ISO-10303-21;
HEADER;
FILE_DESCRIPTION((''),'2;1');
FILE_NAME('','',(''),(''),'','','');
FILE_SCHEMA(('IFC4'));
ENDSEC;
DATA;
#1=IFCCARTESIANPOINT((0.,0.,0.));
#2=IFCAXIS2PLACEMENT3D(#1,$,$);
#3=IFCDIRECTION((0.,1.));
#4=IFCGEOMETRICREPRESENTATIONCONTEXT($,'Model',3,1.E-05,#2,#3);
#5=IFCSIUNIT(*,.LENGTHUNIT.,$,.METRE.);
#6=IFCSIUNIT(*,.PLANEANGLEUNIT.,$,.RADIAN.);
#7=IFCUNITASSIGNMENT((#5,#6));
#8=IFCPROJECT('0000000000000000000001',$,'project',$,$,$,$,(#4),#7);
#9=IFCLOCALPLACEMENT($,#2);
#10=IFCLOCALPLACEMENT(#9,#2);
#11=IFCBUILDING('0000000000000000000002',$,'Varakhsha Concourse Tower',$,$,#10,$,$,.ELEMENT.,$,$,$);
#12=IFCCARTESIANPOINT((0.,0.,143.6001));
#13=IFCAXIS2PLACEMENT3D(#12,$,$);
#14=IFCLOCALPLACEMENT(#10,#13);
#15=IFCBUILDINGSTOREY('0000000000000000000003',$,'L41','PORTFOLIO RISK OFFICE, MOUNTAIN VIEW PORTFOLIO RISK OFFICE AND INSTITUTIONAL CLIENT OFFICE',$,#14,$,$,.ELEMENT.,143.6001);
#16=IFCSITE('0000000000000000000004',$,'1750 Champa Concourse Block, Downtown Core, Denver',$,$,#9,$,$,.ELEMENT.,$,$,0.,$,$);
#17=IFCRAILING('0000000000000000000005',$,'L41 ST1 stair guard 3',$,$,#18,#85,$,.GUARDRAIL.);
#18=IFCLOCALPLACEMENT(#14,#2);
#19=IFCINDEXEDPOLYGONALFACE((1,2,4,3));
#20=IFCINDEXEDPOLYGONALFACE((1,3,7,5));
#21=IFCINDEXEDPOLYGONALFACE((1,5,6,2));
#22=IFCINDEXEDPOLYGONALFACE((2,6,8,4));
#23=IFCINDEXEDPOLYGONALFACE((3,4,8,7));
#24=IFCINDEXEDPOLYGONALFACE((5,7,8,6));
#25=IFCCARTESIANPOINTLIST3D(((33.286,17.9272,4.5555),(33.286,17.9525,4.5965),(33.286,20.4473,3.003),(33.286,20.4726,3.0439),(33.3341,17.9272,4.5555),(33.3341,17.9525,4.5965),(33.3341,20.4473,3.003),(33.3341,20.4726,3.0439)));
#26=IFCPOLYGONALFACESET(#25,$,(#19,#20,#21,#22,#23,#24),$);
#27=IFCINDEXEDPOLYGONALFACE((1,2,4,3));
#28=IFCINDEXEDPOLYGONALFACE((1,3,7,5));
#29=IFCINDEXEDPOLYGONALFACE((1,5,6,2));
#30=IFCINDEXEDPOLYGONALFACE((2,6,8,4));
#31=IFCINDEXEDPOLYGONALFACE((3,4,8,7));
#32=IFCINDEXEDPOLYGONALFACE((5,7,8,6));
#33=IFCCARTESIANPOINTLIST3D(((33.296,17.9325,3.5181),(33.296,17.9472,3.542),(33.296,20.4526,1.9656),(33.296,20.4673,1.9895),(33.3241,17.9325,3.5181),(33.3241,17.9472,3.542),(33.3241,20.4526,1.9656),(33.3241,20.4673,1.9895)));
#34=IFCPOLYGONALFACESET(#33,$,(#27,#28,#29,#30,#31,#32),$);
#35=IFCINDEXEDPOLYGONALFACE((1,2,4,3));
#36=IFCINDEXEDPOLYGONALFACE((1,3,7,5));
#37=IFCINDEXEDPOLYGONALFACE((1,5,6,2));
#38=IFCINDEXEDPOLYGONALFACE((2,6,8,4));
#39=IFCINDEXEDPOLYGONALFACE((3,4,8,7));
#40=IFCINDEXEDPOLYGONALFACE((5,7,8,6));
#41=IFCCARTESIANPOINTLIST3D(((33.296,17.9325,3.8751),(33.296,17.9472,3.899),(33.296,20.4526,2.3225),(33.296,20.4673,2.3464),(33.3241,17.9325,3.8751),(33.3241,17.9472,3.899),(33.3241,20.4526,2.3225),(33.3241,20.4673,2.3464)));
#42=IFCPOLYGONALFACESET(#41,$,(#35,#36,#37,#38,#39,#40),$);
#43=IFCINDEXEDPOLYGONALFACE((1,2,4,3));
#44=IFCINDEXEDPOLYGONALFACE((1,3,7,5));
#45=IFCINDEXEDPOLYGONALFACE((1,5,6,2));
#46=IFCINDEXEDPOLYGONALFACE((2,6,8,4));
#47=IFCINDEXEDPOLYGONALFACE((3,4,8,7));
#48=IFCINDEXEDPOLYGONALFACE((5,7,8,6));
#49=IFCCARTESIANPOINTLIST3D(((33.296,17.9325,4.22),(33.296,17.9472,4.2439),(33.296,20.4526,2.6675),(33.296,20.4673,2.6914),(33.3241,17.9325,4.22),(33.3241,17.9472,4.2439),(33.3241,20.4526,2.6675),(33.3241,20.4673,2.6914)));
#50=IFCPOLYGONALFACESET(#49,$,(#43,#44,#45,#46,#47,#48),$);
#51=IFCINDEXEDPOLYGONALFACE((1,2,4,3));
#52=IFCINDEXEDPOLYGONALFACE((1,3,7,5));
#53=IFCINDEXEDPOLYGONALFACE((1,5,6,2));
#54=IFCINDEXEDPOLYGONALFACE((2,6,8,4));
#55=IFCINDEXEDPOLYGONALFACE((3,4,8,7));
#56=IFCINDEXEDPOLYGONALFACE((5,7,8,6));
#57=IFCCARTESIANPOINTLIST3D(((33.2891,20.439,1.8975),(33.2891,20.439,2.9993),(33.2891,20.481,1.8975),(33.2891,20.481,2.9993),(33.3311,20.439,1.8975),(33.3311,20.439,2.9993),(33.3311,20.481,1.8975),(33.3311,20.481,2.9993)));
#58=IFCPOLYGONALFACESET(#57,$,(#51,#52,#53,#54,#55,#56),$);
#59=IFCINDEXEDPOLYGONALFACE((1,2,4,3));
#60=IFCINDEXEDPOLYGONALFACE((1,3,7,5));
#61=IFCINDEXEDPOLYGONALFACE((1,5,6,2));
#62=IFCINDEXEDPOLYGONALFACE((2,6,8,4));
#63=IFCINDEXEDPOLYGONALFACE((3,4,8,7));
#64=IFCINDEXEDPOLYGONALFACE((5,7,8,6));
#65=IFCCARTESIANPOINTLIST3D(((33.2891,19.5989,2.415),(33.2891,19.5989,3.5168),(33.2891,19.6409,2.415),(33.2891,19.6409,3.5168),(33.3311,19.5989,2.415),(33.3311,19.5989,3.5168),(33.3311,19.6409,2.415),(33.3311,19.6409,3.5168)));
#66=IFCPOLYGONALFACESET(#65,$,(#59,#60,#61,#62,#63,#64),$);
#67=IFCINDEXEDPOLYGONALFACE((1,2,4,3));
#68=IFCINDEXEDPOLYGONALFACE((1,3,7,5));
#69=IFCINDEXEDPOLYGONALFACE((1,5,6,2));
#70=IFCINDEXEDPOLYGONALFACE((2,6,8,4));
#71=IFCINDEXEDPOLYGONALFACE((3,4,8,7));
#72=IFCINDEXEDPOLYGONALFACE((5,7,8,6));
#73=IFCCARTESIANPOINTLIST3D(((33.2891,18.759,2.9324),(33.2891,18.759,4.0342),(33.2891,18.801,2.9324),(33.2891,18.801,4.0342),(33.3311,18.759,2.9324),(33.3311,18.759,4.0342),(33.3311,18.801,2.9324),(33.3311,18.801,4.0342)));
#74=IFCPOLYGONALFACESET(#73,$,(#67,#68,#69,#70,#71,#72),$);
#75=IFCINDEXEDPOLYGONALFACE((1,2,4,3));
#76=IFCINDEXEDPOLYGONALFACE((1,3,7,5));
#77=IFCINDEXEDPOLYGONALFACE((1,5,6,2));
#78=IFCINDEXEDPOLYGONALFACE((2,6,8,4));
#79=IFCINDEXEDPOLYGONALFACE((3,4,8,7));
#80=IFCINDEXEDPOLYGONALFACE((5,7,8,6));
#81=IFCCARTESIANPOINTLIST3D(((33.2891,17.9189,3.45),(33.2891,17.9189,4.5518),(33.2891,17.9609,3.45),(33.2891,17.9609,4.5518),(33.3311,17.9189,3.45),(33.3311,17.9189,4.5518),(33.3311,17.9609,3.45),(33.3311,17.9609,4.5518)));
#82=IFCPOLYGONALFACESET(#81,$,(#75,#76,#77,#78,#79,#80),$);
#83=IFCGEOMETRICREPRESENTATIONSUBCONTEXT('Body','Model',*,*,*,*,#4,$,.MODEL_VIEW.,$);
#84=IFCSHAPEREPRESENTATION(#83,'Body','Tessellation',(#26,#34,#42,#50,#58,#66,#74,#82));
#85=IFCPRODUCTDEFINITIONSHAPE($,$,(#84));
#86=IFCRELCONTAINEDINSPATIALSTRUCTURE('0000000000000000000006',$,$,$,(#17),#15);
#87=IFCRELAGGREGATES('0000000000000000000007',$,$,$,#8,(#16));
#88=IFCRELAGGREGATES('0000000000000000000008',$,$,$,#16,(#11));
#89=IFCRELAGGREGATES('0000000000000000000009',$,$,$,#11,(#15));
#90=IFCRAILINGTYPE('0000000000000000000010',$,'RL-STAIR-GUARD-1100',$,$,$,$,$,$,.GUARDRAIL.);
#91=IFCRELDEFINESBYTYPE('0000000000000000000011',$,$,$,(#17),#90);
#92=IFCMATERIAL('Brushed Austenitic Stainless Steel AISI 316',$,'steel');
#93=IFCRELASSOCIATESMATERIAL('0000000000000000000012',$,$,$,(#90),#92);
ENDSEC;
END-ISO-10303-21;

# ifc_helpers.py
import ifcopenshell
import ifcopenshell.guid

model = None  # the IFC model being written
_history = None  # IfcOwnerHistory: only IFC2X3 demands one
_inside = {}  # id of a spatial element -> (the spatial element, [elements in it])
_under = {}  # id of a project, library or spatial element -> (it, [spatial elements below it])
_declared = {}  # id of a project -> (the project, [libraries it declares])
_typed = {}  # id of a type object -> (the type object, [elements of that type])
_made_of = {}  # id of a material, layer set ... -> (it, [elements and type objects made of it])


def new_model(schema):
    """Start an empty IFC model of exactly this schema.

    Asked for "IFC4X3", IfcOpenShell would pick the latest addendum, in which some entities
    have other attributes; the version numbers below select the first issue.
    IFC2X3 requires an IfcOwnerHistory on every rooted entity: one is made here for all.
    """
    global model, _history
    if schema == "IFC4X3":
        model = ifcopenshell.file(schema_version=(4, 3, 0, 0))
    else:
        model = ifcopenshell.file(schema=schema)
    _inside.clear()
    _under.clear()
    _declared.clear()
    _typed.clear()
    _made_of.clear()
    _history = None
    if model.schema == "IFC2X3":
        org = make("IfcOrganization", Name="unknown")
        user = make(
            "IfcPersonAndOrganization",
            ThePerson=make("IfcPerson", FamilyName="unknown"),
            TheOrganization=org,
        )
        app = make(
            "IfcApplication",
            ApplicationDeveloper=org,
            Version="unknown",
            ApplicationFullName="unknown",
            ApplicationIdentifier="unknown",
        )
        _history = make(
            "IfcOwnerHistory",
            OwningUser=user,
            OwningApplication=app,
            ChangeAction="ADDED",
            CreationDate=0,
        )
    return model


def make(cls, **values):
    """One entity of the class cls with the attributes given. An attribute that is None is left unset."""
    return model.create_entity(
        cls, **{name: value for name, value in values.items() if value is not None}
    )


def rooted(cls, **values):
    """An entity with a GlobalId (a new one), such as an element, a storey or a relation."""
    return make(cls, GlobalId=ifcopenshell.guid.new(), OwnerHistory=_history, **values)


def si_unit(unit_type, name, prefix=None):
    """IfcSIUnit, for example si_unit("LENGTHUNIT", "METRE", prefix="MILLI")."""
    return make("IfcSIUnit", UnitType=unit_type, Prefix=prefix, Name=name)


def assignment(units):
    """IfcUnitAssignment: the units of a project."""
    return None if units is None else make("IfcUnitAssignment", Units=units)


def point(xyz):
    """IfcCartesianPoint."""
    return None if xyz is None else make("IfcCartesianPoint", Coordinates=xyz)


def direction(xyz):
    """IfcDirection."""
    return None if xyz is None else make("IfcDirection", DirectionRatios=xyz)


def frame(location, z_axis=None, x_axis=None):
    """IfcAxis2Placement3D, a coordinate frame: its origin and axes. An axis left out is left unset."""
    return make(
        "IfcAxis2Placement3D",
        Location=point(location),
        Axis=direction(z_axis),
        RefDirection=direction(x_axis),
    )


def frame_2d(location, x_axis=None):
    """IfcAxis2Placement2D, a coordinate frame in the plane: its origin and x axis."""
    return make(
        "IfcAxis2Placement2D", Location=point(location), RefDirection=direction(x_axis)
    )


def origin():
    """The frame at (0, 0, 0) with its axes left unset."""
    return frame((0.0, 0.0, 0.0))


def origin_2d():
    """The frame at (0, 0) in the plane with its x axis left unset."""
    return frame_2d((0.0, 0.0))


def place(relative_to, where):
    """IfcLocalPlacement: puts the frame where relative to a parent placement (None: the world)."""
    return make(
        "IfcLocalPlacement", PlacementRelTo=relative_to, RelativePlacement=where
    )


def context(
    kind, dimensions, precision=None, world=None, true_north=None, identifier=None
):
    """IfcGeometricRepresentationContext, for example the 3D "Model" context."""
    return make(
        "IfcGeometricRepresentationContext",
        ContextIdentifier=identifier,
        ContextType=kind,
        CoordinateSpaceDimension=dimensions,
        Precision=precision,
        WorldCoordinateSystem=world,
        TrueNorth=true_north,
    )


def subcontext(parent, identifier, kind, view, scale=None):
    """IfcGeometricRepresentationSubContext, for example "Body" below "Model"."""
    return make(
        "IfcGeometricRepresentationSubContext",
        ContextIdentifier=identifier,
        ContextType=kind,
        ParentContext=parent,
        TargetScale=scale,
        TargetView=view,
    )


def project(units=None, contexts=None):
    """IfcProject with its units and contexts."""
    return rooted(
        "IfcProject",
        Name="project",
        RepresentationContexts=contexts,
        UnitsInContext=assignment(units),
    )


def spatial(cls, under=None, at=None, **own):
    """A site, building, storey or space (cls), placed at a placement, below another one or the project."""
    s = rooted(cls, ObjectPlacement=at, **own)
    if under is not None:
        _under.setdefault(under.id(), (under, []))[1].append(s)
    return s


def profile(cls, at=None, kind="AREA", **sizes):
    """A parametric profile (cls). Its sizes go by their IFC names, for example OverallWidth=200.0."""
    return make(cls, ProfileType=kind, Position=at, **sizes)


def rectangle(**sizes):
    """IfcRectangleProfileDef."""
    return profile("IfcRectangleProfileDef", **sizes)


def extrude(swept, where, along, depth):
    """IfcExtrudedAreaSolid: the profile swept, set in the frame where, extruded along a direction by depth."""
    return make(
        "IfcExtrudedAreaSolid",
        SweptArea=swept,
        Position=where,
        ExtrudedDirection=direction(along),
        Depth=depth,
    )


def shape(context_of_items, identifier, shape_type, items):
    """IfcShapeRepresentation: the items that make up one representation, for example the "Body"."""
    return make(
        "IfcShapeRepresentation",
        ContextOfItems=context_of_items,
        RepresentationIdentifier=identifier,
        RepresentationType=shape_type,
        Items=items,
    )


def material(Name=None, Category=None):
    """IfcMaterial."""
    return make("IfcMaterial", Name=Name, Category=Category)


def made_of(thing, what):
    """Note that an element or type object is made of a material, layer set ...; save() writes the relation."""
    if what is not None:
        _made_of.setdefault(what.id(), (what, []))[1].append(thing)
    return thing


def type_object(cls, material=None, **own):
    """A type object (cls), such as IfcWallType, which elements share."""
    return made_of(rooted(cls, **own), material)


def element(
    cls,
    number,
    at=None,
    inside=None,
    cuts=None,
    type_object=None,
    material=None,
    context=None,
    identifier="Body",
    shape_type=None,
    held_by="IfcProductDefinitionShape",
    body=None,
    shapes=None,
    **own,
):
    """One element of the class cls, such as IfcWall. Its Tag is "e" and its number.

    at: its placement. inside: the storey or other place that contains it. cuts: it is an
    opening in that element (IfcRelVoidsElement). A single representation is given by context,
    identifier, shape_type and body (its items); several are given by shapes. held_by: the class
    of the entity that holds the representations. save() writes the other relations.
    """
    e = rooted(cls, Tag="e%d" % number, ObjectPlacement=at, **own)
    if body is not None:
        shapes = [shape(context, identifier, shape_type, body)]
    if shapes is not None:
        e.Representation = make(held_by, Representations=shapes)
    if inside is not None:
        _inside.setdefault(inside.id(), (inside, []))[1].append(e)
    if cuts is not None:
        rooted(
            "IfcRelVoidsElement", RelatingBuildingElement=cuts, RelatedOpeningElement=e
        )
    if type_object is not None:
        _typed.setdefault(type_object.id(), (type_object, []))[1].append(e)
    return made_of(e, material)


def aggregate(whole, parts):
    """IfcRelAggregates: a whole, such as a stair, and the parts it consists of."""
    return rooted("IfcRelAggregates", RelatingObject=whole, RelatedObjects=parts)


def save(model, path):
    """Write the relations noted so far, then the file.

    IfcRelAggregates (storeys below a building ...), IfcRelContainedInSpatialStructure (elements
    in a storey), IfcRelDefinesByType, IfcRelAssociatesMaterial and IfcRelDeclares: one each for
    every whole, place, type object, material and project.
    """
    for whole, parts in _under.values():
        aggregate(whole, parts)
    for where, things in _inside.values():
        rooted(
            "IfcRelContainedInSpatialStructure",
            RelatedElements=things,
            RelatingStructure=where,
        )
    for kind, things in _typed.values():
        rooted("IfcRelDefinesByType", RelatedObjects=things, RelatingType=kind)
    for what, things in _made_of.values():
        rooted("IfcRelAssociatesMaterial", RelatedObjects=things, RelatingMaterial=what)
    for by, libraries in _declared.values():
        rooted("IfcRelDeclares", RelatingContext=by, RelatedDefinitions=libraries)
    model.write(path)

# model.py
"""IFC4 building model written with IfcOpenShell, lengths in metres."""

from ifc_helpers import new_model, si_unit, direction, frame, origin, origin_2d, place, context, subcontext, project, spatial, rectangle, extrude, material, type_object, element, save


model = new_model("IFC4")

# Units and contexts
model_context = context("Model", 3, precision=1e-05, world=origin(), true_north=direction((0.0, 1.0)))
body_context = subcontext(model_context, "Body", "Model", "MODEL_VIEW")
ifc_project = project(units=[si_unit("LENGTHUNIT", "METRE"), si_unit("PLANEANGLEUNIT", "RADIAN")], contexts=[model_context])

# Site, building, storey
site_placement = place(None, origin())
site = spatial("IfcSite", under=ifc_project, at=site_placement, Name="1750 Champa Concourse Block, Downtown Core, Denver", CompositionType="ELEMENT", RefElevation=0.0)
building_placement = place(site_placement, origin())
building = spatial("IfcBuilding", under=site, at=building_placement, Name="Varakhsha Concourse Tower", CompositionType="ELEMENT")
storey_placement = place(building_placement, frame((0.0, 0.0, 143.6001)))
storey = spatial("IfcBuildingStorey", under=building, at=storey_placement, Name="L41", Description="PORTFOLIO RISK OFFICE, MOUNTAIN VIEW PORTFOLIO RISK OFFICE AND INSTITUTIONAL CLIENT OFFICE", CompositionType="ELEMENT", Elevation=143.6001)

# Shared definitions
ifc_material_1 = material(Name="Brushed Austenitic Stainless Steel AISI 316", Category="steel")

# Railing
railing_type = type_object("IfcRailingType", Name="RL-STAIR-GUARD-1100", PredefinedType="GUARDRAIL", material=ifc_material_1)
railing_1_placement = place(storey_placement, frame((33.3101, 20.46, 1.8975)))
element("IfcRailing", 1, at=railing_1_placement, inside=storey, type_object=railing_type, Name="L41 ST1 stair guard 3", PredefinedType="GUARDRAIL", context=body_context, shape_type="SweptSolid", body=[
    extrude(rectangle(XDim=0.0481, YDim=0.0481, at=origin_2d()), frame((0.0, 0.0, 1.126), z_axis=(0.0, -0.8514, 0.524516), x_axis=(1.0, 0.0, 0.0)), (0.0, 0.0, 1.0), 2.96),
    extrude(rectangle(XDim=0.0281, YDim=0.0281, at=origin_2d()), frame((0.0, 0.0, 0.0801), z_axis=(0.0, -0.8514, 0.524516), x_axis=(1.0, 0.0, 0.0)), (0.0, 0.0, 1.0), 2.96),
    extrude(rectangle(XDim=0.0281, YDim=0.0281, at=origin_2d()), frame((0.0, 0.0, 0.437), z_axis=(0.0, -0.8514, 0.524516), x_axis=(1.0, 0.0, 0.0)), (0.0, 0.0, 1.0), 2.96),
    extrude(rectangle(XDim=0.0281, YDim=0.0281, at=origin_2d()), frame((0.0, 0.0, 0.782), z_axis=(0.0, -0.8514, 0.524516), x_axis=(1.0, 0.0, 0.0)), (0.0, 0.0, 1.0), 2.96),
    extrude(rectangle(XDim=0.042, YDim=0.042, at=origin_2d()), origin(), (0.0, 0.0, 1.0), 1.1018),
    extrude(rectangle(XDim=0.042, YDim=0.042, at=origin_2d()), frame((0.0, -0.8401, 0.5176)), (0.0, 0.0, 1.0), 1.1018),
    extrude(rectangle(XDim=0.042, YDim=0.042, at=origin_2d()), frame((0.0, -1.6799, 1.0349)), (0.0, 0.0, 1.0), 1.1018),
    extrude(rectangle(XDim=0.042, YDim=0.042, at=origin_2d()), frame((0.0, -2.52, 1.5525)), (0.0, 0.0, 1.0), 1.1018),
])

save(model, "model.ifc")
